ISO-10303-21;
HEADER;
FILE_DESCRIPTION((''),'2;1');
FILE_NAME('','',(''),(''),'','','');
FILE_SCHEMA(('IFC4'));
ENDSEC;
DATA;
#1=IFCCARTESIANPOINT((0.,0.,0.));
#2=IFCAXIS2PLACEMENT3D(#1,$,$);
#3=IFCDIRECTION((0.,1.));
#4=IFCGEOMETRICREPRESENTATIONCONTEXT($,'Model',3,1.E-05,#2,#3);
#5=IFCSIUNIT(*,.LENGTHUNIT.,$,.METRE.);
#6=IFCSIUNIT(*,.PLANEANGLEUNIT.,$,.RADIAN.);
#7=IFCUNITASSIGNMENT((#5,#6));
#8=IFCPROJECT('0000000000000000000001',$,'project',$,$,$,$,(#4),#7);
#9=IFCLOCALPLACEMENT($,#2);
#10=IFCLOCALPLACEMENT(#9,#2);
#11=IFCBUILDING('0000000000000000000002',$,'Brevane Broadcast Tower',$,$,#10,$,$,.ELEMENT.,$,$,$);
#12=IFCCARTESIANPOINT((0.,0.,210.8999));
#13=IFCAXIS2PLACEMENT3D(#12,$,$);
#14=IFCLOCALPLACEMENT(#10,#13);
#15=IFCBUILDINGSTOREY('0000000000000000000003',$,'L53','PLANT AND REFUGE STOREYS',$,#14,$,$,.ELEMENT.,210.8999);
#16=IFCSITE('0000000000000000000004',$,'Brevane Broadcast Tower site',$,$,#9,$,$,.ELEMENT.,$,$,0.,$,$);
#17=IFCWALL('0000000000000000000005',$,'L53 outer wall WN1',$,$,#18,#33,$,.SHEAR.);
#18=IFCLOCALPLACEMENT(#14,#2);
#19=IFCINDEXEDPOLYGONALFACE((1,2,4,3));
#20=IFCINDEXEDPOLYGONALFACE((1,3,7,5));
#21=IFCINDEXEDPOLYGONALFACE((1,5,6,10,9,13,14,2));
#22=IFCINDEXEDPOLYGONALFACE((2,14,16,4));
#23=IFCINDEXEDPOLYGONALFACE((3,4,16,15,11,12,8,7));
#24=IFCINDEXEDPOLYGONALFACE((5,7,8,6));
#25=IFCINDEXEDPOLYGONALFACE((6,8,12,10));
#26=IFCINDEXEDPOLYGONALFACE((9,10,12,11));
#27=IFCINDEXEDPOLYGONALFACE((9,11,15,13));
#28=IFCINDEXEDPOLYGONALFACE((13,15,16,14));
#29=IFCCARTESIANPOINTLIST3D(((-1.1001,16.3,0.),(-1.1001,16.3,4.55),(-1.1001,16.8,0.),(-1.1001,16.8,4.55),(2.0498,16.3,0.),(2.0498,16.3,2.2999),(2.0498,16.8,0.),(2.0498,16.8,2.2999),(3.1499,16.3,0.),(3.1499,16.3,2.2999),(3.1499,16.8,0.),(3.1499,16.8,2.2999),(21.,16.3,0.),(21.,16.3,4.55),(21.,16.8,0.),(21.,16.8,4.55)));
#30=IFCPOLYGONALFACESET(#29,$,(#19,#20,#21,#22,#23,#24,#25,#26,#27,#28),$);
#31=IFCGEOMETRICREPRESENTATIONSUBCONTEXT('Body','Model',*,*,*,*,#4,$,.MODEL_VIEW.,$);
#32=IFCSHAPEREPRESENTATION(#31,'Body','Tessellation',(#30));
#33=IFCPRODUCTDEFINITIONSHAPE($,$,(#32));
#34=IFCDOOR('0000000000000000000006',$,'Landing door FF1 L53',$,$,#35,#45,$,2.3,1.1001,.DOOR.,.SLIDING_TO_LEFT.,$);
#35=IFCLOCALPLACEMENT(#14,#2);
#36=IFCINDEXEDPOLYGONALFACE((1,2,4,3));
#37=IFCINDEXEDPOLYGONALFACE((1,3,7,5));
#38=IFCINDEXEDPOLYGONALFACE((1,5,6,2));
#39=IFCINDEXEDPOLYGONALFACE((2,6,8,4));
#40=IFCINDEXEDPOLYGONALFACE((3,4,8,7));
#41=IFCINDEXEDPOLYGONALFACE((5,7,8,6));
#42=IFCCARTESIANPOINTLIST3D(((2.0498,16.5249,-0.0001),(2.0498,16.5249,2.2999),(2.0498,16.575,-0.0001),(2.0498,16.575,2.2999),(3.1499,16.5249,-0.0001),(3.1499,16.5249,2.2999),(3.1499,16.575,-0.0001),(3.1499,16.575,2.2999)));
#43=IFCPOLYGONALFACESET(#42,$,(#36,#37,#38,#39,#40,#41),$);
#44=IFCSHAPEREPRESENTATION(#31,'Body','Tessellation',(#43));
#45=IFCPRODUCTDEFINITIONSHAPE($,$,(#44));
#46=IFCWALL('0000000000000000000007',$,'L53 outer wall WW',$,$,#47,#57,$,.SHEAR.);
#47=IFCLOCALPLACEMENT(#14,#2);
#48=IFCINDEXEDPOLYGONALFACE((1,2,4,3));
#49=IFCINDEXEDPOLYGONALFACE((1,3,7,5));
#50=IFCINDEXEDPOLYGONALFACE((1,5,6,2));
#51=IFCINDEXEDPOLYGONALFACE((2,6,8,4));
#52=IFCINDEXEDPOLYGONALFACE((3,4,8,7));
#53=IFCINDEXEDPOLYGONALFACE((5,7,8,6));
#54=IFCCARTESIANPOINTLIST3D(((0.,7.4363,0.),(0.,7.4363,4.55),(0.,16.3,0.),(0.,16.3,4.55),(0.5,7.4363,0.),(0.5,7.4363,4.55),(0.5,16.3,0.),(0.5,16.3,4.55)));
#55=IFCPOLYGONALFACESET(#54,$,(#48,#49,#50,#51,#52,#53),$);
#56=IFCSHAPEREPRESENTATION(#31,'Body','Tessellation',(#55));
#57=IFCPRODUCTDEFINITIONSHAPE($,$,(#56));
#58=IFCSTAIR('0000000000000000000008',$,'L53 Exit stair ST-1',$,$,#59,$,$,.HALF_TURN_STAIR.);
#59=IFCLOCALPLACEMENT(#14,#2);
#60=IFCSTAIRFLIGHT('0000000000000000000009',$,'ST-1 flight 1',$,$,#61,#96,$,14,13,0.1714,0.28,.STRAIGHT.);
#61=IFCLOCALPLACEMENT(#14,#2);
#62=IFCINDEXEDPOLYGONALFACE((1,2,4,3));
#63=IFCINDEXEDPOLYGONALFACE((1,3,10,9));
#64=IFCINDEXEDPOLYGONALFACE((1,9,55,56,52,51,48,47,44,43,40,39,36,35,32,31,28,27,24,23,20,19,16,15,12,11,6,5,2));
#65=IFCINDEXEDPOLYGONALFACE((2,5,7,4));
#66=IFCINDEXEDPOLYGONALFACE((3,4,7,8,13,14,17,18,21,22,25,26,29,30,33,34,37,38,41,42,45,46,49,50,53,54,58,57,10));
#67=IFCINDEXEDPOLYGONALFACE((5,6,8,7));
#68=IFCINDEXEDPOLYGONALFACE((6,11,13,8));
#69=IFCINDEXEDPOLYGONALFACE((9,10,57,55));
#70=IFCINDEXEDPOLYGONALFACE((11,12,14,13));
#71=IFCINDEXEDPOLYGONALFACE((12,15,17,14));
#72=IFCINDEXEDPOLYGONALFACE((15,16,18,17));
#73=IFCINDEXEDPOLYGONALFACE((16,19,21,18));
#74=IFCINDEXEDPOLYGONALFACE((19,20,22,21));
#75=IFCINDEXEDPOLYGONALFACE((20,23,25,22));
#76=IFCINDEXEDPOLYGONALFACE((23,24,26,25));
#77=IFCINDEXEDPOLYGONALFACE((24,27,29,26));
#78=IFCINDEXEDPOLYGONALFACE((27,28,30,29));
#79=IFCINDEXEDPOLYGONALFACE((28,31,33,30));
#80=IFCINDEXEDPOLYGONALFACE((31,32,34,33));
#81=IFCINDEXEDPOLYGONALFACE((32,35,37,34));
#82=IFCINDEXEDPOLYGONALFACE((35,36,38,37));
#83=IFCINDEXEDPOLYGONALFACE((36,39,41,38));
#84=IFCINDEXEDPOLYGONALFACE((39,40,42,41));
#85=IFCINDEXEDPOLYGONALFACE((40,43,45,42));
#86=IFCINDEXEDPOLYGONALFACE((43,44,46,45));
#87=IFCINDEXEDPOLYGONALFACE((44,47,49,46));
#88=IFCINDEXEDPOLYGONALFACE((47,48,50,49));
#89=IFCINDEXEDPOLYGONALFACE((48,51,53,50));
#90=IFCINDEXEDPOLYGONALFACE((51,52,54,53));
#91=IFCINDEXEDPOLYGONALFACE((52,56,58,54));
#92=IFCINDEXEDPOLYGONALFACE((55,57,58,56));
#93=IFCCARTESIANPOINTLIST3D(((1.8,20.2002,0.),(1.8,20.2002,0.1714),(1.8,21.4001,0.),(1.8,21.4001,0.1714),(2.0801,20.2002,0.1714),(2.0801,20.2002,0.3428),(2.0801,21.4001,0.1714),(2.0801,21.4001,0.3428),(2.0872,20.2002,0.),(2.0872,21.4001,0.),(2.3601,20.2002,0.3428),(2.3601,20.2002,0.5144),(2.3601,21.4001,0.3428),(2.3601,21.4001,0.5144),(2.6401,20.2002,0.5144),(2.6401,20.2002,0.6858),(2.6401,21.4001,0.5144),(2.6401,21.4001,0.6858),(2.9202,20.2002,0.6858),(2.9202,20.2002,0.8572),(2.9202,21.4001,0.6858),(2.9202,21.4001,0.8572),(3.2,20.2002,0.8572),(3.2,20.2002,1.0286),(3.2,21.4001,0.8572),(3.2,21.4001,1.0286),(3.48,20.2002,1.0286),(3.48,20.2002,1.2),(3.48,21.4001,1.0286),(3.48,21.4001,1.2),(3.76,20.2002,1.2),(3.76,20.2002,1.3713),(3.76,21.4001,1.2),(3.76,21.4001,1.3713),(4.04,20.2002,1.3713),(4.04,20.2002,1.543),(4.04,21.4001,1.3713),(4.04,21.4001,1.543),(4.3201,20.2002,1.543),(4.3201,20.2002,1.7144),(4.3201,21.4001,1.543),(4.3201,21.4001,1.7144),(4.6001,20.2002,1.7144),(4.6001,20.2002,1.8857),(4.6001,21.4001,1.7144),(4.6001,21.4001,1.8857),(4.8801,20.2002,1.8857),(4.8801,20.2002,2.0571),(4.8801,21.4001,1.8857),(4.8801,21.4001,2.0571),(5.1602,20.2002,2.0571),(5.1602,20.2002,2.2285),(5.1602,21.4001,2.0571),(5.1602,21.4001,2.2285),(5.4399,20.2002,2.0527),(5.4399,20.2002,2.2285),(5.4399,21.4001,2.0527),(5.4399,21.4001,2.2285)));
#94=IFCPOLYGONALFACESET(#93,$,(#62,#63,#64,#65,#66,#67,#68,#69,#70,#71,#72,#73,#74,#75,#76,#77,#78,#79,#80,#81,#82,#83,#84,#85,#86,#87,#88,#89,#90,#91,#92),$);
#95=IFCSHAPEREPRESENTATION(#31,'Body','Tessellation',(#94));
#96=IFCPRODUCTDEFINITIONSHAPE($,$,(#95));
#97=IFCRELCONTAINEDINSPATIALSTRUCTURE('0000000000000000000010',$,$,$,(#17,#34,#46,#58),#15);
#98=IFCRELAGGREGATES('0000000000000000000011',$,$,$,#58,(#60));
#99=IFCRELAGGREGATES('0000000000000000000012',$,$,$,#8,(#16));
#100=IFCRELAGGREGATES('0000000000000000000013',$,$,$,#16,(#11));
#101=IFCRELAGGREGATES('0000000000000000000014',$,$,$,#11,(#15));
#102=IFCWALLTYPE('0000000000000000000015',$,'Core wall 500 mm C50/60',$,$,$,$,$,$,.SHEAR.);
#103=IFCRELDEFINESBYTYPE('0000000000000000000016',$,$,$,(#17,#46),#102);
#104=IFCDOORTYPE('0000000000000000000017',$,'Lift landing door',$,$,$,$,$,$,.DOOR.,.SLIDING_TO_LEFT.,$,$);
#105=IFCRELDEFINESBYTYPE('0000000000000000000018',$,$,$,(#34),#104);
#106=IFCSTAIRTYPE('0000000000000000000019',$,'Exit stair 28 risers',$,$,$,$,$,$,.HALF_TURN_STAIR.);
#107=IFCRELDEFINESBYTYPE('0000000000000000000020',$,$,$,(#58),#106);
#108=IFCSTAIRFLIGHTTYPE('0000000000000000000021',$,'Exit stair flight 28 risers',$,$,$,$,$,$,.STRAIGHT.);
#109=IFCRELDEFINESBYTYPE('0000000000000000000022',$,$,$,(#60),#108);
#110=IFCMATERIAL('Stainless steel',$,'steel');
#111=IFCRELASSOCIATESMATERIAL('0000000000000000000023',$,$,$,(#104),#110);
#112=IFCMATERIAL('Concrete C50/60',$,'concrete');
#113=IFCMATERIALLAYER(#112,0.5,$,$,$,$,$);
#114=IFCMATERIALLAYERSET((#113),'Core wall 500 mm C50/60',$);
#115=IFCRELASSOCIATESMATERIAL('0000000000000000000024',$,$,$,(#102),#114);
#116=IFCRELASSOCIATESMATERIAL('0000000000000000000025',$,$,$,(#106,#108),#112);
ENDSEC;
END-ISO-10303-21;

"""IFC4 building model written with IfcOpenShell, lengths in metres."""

from ifc_helpers import new_model, si_unit, direction, frame, frame_2d, origin, place, context, subcontext, project, spatial, polyline, rectangle, outline, extrude, material, layer, layer_set, type_object, element, fill, aggregate, save


model = new_model("IFC4")

# Units and contexts
model_context = context("Model", 3, precision=1e-05, world=origin(), true_north=direction((0.0, 1.0)))
body_context = subcontext(model_context, "Body", "Model", "MODEL_VIEW")
ifc_project = project(units=[si_unit("LENGTHUNIT", "METRE"), si_unit("PLANEANGLEUNIT", "RADIAN")], contexts=[model_context])

# Site, building, storey
site_placement = place(None, origin())
site = spatial("IfcSite", under=ifc_project, at=site_placement, Name="Brevane Broadcast Tower site", CompositionType="ELEMENT", RefElevation=0.0)
building_placement = place(site_placement, origin())
building = spatial("IfcBuilding", under=site, at=building_placement, Name="Brevane Broadcast Tower", CompositionType="ELEMENT")
storey_placement = place(building_placement, frame((0.0, 0.0, 210.8999)))
storey = spatial("IfcBuildingStorey", under=building, at=storey_placement, Name="L53", Description="PLANT AND REFUGE STOREYS", CompositionType="ELEMENT", Elevation=210.8999)

# Shared definitions
ifc_material_1 = material(Name="Concrete C50/60", Category="concrete")
ifc_material_2 = material(Name="Stainless steel", Category="steel")
door_type_1 = type_object("IfcDoorType", Name="Lift landing door", OperationType="SLIDING_TO_LEFT", PredefinedType="DOOR", material=ifc_material_2)

# Wall, opening, door
ifc_layer_1 = layer(ifc_material_1, 0.5)
ifc_layer_set_1 = layer_set([ifc_layer_1], Name="Core wall 500 mm C50/60")
wall_type_1 = type_object("IfcWallType", Name="Core wall 500 mm C50/60", PredefinedType="SHEAR", material=ifc_layer_set_1)
wall_1_placement = place(storey_placement, frame((-1.1001, 16.55, 0.0), z_axis=(0.0, 0.0, 1.0), x_axis=(1.0, 0.0, 0.0)))
wall_1 = element("IfcWall", 1, at=wall_1_placement, inside=storey, type_object=wall_type_1, Name="L53 outer wall WN1", PredefinedType="SHEAR", context=body_context, shape_type="SweptSolid", body=[
    extrude(rectangle(XDim=22.1001, YDim=0.5, at=frame_2d((11.05, 0.0))), origin(), (0.0, 0.0, 1.0), 4.55),
])
opening_1_placement = place(wall_1_placement, frame((3.1499, 0.0, 0.0)))
opening_1 = element("IfcOpeningElement", 2, at=opening_1_placement, cuts=wall_1, PredefinedType="OPENING", context=body_context, shape_type="SweptSolid", body=[
    extrude(rectangle(XDim=1.1001, YDim=2.3, at=frame_2d((0.55, 1.1499))), frame((0.0, 0.26, 0.0), z_axis=(0.0, -1.0, 0.0), x_axis=(1.0, 0.0, 0.0)), (0.0, 0.0, 1.0), 0.52),
])
door_1_placement = place(opening_1_placement, origin())
door_1 = element("IfcDoor", 3, at=door_1_placement, inside=storey, type_object=door_type_1, Name="Landing door FF1 L53", OperationType="SLIDING_TO_LEFT", OverallHeight=2.3, OverallWidth=1.1001, PredefinedType="DOOR", context=body_context, shape_type="SweptSolid", body=[
    extrude(rectangle(XDim=1.1001, YDim=2.3, at=frame_2d((0.55, 1.1499))), frame((0.0, 0.0249, 0.0), z_axis=(0.0, -1.0, 0.0), x_axis=(1.0, 0.0, 0.0)), (0.0, 0.0, 1.0), 0.05),
])
fill(opening_1, door_1)

# Wall
wall_2_placement = place(storey_placement, frame((0.25, 7.4363, 0.0), z_axis=(0.0, 0.0, 1.0), x_axis=(0.0, 1.0, 0.0)))
element("IfcWall", 4, at=wall_2_placement, inside=storey, type_object=wall_type_1, Name="L53 outer wall WW", PredefinedType="SHEAR", context=body_context, shape_type="SweptSolid", body=[
    extrude(rectangle(XDim=8.8638, YDim=0.5, at=frame_2d((4.4319, 0.0))), origin(), (0.0, 0.0, 1.0), 4.55),
])

# Stair, stair flight
stair_type = type_object("IfcStairType", Name="Exit stair 28 risers", PredefinedType="HALF_TURN_STAIR", material=ifc_material_1)
stair_placement = place(storey_placement, origin())
stair = element("IfcStair", 5, at=stair_placement, inside=storey, type_object=stair_type, Name="L53 Exit stair ST-1", PredefinedType="HALF_TURN_STAIR")
stair_flight_type = type_object("IfcStairFlightType", Name="Exit stair flight 28 risers", PredefinedType="STRAIGHT", material=ifc_material_1)
stair_flight_placement = place(storey_placement, frame((1.8, 20.8, 0.0), z_axis=(0.0, 0.0, 1.0), x_axis=(1.0, 0.0, 0.0)))
stair_flight = element("IfcStairFlight", 6, at=stair_flight_placement, type_object=stair_flight_type, Name="ST-1 flight 1", NumberOfRisers=14, NumberOfTreads=13, PredefinedType="STRAIGHT", RiserHeight=0.1714, TreadLength=0.28, context=body_context, shape_type="SweptSolid", body=[
    extrude(outline(polyline([(0.0, 0.0), (0.0, 0.1714), (0.28, 0.1714), (0.28, 0.3428), (0.5601, 0.3428), (0.5601, 0.5144), (0.8401, 0.5144), (0.8401, 0.6858), (1.1201, 0.6858), (1.1201, 0.8572), (1.3999, 0.8572), (1.3999, 1.0286), (1.6799, 1.0286), (1.6799, 1.2), (1.96, 1.2), (1.96, 1.3713), (2.24, 1.3713), (2.24, 1.543), (2.52, 1.543), (2.52, 1.7144), (2.8, 1.7144), (2.8, 1.8857), (3.0801, 1.8857), (3.0801, 2.0571), (3.3601, 2.0571), (3.3601, 2.2285), (3.6399, 2.2285), (3.6399, 2.3999), (3.6399, 2.0527), (0.2871, 0.0), (0.0, 0.0)])), frame((0.0, 0.6001, 0.0), z_axis=(0.0, -1.0, 0.0), x_axis=(1.0, 0.0, 0.0)), (0.0, 0.0, 1.0), 1.2),
])
aggregate(stair, [stair_flight])

save(model, "model.ifc")
